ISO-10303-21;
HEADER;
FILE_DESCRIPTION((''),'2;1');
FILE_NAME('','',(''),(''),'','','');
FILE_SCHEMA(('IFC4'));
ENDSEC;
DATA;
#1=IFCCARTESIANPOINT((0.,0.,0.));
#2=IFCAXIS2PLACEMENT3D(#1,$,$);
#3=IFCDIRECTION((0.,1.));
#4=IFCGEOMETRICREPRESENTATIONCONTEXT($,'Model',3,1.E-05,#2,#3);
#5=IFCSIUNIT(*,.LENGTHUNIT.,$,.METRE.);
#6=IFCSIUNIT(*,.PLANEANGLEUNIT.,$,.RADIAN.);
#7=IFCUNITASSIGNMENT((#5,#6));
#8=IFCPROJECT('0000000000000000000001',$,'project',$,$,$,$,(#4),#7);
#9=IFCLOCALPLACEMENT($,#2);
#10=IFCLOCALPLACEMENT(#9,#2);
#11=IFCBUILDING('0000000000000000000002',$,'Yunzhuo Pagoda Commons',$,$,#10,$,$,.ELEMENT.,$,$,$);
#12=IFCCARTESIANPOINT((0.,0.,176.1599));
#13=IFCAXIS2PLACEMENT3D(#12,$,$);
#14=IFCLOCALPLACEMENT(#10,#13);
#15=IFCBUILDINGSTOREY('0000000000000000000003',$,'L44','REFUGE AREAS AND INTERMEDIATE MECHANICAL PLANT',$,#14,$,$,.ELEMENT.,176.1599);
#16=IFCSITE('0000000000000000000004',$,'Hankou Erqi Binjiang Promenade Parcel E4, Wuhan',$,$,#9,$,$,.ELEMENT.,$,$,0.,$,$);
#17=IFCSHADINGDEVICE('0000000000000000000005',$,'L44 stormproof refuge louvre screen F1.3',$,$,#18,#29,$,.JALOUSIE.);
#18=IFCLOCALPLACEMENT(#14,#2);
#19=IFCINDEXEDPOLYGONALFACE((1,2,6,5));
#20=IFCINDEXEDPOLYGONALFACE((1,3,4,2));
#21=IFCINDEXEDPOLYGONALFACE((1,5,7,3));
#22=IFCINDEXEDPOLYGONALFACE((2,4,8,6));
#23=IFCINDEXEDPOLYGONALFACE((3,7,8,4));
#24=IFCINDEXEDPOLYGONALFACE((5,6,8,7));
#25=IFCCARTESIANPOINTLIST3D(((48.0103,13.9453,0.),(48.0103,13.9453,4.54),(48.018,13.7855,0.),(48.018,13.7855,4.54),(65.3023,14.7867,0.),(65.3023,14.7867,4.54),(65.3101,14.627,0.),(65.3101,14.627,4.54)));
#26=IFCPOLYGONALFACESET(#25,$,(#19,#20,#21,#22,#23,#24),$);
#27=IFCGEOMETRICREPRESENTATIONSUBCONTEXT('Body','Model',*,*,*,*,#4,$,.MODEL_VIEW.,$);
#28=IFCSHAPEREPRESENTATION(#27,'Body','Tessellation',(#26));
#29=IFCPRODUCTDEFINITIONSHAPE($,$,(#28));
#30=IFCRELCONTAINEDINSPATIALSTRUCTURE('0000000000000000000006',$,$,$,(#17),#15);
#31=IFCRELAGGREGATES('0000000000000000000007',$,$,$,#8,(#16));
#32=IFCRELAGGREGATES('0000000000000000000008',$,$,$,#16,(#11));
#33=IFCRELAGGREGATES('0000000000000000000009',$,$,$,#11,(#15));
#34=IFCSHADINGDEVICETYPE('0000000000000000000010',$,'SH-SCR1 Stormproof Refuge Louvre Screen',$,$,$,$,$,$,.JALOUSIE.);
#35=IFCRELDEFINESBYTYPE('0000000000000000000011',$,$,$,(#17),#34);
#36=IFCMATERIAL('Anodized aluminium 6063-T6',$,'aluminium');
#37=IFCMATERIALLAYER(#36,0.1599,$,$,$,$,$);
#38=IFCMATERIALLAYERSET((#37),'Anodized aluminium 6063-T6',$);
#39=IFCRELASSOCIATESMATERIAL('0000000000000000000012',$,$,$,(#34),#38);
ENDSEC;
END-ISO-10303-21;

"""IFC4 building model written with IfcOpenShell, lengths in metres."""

from ifc_helpers import new_model, si_unit, direction, frame, origin, origin_2d, place, context, subcontext, project, spatial, rectangle, extrude, source, transform, mapped, material, layer, layer_set, type_object, element, save


model = new_model("IFC4")

# Units and contexts
model_context = context("Model", 3, precision=1e-05, world=origin(), true_north=direction((0.0, 1.0)))
body_context = subcontext(model_context, "Body", "Model", "MODEL_VIEW")
ifc_project = project(units=[si_unit("LENGTHUNIT", "METRE"), si_unit("PLANEANGLEUNIT", "RADIAN")], contexts=[model_context])

# Site, building, storey
site_placement = place(None, origin())
site = spatial("IfcSite", under=ifc_project, at=site_placement, Name="Hankou Erqi Binjiang Promenade Parcel E4, Wuhan", CompositionType="ELEMENT", RefElevation=0.0)
building_placement = place(site_placement, origin())
building = spatial("IfcBuilding", under=site, at=building_placement, Name="Yunzhuo Pagoda Commons", CompositionType="ELEMENT")
storey_placement = place(building_placement, frame((0.0, 0.0, 176.1599)))
storey = spatial("IfcBuildingStorey", under=building, at=storey_placement, Name="L44", Description="REFUGE AREAS AND INTERMEDIATE MECHANICAL PLANT", CompositionType="ELEMENT", Elevation=176.1599)

# Shading device
ifc_material_1 = material(Name="Anodized aluminium 6063-T6", Category="aluminium")
ifc_layer_1 = layer(ifc_material_1, 0.1599)
ifc_layer_set_1 = layer_set([ifc_layer_1], Name="Anodized aluminium 6063-T6")
shading_device_type = type_object("IfcShadingDeviceType", Name="SH-SCR1 Stormproof Refuge Louvre Screen", PredefinedType="JALOUSIE", material=ifc_layer_set_1)
shared_shape_1 = source(origin(), body_context, "Body", "SweptSolid", [
    extrude(rectangle(XDim=17.3125, YDim=0.1599, at=origin_2d()), origin(), (0.0, 0.0, 1.0), 4.54),
])
shading_device_placement = place(storey_placement, frame((56.6602, 14.2861, 0.0), z_axis=(0.0, 0.0, 1.0), x_axis=(0.998818, 0.048606, 0.0)))
element("IfcShadingDevice", 1, at=shading_device_placement, inside=storey, type_object=shading_device_type, Name="L44 stormproof refuge louvre screen F1.3", PredefinedType="JALOUSIE", context=body_context, shape_type="MappedRepresentation", body=[
    mapped(shared_shape_1, transform((0.0, 0.0, 0.0), scale=1.0)),
])

save(model, "model.ifc")
